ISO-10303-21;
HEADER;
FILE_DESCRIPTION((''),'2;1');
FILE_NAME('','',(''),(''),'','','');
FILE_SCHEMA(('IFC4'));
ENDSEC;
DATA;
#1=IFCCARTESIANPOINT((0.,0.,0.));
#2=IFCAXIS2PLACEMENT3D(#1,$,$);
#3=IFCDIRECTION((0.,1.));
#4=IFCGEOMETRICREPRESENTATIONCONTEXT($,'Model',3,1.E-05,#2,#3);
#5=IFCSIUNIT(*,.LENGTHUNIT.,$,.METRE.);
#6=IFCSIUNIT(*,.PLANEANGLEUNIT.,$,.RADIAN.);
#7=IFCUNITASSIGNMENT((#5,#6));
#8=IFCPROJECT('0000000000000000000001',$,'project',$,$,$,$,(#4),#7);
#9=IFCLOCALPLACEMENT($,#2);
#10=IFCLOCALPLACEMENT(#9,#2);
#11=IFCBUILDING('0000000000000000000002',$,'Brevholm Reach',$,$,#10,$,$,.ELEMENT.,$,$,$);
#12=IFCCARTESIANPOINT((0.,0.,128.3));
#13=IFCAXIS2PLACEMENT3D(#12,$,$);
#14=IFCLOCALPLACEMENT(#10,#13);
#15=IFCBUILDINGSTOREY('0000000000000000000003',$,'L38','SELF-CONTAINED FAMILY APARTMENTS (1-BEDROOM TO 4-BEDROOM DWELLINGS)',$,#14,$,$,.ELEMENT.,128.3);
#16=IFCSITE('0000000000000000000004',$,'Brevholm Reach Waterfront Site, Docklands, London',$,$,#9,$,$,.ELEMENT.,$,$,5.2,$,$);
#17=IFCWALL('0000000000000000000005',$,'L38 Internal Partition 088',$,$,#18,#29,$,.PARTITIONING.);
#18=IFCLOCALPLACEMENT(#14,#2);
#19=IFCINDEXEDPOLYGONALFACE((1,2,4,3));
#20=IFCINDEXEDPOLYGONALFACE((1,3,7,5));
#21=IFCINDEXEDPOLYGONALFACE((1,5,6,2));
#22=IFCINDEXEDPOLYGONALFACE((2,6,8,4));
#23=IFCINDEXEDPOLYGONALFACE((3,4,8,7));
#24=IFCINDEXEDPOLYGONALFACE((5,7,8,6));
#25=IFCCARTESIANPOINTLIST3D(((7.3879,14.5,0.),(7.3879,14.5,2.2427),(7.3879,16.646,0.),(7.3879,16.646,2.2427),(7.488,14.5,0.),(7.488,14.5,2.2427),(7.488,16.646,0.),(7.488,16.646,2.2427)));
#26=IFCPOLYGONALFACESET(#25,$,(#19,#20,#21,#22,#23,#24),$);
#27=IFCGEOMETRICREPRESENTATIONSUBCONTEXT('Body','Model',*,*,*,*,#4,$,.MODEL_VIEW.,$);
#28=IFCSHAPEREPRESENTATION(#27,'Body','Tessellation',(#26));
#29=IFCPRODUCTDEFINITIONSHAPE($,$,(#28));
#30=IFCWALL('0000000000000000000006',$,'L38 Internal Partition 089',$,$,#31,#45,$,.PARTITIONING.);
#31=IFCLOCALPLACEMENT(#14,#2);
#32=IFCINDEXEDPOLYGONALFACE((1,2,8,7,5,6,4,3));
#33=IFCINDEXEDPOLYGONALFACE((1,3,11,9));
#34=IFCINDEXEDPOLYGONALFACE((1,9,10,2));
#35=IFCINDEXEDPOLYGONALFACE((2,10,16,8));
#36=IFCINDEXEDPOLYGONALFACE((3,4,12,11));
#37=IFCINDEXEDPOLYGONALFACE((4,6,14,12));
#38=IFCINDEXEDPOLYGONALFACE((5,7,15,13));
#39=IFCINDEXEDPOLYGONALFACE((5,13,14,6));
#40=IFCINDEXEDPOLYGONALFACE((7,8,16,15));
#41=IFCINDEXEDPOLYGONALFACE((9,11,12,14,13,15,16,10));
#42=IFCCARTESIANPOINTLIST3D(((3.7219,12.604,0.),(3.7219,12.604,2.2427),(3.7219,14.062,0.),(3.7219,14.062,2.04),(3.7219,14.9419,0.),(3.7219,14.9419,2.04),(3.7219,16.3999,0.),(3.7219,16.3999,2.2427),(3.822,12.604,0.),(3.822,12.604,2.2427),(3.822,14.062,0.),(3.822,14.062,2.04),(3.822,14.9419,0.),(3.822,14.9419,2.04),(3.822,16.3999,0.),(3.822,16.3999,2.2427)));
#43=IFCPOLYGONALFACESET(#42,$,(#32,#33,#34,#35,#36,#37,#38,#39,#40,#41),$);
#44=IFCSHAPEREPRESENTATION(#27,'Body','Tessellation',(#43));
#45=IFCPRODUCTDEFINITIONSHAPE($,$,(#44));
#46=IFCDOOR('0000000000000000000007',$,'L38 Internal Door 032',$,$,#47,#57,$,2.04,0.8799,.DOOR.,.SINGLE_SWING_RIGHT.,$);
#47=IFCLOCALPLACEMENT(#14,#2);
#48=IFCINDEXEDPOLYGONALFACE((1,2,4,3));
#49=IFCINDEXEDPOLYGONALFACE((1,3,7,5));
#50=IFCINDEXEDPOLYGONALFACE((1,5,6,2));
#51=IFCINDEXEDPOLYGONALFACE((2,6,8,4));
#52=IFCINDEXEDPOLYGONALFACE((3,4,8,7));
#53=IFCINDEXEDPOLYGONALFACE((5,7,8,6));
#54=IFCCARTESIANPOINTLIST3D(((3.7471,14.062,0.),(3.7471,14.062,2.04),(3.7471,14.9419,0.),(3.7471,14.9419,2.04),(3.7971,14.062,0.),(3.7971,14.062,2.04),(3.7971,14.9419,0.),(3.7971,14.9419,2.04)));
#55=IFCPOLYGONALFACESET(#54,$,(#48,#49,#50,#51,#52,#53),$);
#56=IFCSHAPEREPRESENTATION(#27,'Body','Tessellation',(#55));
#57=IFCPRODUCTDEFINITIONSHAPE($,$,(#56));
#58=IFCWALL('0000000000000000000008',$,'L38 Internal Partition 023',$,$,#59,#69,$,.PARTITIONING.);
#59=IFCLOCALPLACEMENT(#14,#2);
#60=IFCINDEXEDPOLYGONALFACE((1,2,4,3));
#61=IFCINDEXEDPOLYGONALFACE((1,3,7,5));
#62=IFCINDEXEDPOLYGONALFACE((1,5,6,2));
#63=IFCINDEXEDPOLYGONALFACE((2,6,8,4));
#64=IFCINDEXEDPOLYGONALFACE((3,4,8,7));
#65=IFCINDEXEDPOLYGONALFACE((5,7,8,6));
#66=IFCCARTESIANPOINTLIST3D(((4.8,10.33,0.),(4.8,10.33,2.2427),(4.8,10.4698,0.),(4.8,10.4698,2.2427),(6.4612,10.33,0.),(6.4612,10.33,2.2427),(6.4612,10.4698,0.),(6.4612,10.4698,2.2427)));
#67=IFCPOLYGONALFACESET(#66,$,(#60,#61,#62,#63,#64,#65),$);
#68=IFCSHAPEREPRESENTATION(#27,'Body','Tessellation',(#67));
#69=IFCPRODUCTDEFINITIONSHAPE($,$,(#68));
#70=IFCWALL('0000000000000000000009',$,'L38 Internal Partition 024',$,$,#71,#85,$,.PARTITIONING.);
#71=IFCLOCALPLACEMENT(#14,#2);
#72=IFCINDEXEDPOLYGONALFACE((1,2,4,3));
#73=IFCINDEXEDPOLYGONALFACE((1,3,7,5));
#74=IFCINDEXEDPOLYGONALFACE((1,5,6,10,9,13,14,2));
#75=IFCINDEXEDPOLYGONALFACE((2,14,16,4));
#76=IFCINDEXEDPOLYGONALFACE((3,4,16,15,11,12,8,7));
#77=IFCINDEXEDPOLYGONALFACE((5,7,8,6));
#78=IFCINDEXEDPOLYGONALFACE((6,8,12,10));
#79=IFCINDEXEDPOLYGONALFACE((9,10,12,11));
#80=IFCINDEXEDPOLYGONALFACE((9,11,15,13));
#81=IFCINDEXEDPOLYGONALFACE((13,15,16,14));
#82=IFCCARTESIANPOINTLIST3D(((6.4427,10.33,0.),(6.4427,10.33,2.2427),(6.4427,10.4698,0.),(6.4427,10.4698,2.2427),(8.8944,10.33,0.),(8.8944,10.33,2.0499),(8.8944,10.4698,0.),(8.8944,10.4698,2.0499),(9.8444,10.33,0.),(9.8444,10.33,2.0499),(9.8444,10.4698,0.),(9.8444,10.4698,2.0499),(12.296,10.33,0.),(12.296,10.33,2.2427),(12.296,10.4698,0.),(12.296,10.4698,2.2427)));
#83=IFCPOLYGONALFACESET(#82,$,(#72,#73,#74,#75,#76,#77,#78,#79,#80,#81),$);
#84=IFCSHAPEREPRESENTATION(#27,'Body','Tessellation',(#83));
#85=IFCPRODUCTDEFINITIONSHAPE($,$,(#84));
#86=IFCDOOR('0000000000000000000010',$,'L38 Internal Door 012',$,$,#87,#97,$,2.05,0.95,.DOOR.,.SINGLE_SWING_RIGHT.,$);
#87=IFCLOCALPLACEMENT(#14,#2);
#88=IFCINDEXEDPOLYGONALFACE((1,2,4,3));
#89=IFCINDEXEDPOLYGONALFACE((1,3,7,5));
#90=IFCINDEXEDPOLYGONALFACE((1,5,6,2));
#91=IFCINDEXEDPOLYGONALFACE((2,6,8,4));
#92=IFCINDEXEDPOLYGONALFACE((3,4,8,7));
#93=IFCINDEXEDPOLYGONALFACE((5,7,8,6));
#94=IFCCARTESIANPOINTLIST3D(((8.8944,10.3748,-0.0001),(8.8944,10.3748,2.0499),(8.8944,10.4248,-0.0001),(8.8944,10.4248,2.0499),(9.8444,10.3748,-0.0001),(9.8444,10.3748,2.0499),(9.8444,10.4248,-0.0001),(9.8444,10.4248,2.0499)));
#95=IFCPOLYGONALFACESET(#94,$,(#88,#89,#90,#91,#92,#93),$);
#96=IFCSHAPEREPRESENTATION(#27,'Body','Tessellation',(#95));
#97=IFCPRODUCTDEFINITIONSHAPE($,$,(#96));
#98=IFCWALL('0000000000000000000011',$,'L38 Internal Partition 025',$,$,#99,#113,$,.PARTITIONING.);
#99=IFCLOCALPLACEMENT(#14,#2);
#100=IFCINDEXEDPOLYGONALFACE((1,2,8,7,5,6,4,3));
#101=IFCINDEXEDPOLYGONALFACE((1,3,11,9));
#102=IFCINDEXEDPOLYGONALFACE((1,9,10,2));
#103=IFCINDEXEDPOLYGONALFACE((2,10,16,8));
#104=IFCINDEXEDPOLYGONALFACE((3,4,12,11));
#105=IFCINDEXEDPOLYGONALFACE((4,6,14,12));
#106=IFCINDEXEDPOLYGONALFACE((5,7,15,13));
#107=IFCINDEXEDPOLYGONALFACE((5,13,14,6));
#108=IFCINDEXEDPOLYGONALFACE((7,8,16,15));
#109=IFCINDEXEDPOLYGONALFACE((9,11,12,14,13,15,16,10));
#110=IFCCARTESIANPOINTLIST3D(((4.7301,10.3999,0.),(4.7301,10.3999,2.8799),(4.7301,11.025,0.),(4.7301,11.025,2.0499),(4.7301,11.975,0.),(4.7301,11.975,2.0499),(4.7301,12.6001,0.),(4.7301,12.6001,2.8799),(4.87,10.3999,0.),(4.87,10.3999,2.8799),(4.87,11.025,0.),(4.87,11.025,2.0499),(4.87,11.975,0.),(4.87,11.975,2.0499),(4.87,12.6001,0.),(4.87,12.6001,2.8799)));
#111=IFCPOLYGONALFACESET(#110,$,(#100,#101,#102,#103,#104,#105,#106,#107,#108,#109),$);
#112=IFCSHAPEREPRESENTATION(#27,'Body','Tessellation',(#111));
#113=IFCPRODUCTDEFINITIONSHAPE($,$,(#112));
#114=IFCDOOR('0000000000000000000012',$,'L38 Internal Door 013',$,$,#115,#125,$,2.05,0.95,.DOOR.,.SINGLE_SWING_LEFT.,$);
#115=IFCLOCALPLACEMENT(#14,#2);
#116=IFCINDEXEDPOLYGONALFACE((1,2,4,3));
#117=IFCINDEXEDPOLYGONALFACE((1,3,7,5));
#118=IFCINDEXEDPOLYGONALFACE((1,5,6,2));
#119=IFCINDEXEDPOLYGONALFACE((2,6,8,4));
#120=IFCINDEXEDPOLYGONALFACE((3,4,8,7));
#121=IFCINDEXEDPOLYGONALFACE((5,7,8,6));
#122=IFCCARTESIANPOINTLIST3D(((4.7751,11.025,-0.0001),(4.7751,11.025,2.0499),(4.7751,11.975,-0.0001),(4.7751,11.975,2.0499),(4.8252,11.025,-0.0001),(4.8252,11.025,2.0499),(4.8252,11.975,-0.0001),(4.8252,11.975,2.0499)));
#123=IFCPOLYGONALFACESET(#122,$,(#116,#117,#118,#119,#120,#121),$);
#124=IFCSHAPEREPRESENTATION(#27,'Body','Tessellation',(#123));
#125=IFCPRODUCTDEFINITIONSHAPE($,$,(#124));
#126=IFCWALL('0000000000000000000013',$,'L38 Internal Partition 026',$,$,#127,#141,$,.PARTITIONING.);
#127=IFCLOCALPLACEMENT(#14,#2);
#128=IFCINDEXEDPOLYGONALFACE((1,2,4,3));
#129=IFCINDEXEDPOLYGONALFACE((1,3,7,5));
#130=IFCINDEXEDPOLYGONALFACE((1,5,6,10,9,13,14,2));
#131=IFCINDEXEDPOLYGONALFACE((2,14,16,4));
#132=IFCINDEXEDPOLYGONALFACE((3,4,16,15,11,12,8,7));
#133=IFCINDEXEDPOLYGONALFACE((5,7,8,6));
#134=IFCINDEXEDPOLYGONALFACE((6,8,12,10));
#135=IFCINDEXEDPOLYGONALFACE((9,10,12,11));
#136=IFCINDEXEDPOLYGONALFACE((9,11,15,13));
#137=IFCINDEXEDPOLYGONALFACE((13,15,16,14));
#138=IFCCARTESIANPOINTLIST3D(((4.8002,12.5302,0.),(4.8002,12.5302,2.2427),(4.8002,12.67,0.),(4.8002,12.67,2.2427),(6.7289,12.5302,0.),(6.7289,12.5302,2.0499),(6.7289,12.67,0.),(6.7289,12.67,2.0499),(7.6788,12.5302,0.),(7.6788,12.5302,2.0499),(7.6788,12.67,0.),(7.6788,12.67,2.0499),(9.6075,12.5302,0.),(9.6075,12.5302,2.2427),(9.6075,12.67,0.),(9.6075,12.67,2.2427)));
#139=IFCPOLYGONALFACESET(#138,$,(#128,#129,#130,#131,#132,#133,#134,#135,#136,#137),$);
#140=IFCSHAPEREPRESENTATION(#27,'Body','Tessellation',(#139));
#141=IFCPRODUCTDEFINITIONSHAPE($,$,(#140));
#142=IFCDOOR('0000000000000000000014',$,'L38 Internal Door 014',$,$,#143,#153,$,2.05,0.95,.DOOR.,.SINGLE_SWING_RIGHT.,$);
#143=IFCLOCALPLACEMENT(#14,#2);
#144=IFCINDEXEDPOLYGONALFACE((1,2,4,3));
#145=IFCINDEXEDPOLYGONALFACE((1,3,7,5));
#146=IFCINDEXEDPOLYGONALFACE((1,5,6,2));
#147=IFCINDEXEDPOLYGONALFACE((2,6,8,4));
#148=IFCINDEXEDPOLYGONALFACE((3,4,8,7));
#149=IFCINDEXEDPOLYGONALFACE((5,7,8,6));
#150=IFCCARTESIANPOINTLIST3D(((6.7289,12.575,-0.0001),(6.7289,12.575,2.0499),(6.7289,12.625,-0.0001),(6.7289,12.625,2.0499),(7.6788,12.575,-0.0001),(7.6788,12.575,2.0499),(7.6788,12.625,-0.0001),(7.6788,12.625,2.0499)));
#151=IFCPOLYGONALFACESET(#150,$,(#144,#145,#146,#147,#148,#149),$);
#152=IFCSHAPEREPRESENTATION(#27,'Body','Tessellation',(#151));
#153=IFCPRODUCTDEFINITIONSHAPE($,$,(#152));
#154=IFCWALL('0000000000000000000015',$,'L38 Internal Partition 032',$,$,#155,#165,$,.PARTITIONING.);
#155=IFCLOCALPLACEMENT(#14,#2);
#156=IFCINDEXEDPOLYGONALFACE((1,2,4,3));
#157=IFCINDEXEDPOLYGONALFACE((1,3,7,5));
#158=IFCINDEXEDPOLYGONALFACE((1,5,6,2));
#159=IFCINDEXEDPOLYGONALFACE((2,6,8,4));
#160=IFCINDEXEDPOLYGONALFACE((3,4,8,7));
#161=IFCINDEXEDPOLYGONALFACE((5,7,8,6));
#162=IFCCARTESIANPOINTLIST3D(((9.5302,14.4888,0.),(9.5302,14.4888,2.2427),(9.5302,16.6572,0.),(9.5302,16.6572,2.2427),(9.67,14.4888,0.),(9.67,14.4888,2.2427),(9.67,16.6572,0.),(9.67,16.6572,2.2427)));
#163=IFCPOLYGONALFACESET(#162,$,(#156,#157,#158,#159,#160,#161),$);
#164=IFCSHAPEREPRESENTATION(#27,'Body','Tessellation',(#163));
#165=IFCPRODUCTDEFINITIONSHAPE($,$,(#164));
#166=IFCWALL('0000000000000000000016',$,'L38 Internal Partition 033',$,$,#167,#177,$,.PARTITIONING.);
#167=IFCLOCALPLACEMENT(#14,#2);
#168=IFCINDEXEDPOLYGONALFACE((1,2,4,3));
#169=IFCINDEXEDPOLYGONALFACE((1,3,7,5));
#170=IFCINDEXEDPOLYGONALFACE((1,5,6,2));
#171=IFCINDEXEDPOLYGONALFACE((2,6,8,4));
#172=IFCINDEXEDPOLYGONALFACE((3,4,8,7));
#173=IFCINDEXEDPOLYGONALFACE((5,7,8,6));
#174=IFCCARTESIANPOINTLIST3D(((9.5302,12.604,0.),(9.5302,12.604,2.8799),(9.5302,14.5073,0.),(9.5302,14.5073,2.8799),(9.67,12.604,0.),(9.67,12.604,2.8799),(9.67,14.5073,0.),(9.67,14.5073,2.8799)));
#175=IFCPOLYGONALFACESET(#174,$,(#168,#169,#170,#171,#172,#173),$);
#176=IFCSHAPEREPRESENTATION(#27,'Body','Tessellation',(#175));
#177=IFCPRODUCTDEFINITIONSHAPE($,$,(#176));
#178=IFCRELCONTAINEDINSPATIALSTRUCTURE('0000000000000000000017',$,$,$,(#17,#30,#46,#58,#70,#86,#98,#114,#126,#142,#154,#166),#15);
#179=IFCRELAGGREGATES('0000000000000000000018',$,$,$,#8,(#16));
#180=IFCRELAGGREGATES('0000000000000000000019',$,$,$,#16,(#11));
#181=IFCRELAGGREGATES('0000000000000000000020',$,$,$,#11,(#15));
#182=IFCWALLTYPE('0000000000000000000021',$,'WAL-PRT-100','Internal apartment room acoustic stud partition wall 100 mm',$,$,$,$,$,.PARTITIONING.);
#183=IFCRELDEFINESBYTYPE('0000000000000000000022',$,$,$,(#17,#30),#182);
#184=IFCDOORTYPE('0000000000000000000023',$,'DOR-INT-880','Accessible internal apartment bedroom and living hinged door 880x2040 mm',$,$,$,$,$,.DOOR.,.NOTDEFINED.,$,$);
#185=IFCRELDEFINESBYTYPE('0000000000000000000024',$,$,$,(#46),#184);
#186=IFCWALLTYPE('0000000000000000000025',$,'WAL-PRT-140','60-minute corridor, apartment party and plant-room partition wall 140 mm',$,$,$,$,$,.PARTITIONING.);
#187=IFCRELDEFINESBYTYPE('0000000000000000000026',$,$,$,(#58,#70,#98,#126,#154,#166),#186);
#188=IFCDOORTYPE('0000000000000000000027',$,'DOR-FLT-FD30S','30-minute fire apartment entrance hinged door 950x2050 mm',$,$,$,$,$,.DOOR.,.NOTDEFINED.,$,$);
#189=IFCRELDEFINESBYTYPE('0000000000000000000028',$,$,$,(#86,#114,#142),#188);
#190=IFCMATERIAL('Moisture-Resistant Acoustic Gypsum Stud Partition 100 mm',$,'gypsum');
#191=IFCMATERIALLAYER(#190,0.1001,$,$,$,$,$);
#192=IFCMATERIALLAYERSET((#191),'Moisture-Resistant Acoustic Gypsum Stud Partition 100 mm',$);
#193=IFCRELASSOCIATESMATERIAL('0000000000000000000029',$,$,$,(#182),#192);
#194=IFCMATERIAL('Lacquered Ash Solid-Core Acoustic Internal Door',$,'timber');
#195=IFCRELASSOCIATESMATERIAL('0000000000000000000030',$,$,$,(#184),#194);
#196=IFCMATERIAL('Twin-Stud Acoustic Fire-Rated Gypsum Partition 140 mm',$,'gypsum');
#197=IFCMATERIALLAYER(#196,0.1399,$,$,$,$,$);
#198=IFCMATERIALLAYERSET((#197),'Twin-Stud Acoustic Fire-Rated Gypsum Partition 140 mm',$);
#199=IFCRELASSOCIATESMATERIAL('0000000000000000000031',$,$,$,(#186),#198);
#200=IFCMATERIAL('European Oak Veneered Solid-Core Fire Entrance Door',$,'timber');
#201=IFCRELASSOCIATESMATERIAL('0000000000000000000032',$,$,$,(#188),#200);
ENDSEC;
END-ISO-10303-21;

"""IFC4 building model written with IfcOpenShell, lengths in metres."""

from ifc_helpers import new_model, si_unit, direction, frame, frame_2d, origin, place, context, subcontext, project, spatial, rectangle, extrude, material, layer, layer_set, type_object, element, fill, save


model = new_model("IFC4")

# Units and contexts
model_context = context("Model", 3, precision=1e-05, world=origin(), true_north=direction((0.0, 1.0)))
body_context = subcontext(model_context, "Body", "Model", "MODEL_VIEW")
ifc_project = project(units=[si_unit("LENGTHUNIT", "METRE"), si_unit("PLANEANGLEUNIT", "RADIAN")], contexts=[model_context])

# Site, building, storey
site_placement = place(None, origin())
site = spatial("IfcSite", under=ifc_project, at=site_placement, Name="Brevholm Reach Waterfront Site, Docklands, London", CompositionType="ELEMENT", RefElevation=5.2)
building_placement = place(site_placement, origin())
building = spatial("IfcBuilding", under=site, at=building_placement, Name="Brevholm Reach", CompositionType="ELEMENT")
storey_placement = place(building_placement, frame((0.0, 0.0, 128.3)))
storey = spatial("IfcBuildingStorey", under=building, at=storey_placement, Name="L38", Description="SELF-CONTAINED FAMILY APARTMENTS (1-BEDROOM TO 4-BEDROOM DWELLINGS)", CompositionType="ELEMENT", Elevation=128.3)

# Shared definitions
ifc_material_1 = material(Name="Moisture-Resistant Acoustic Gypsum Stud Partition 100 mm", Category="gypsum")
ifc_layer_1 = layer(ifc_material_1, 0.1001)
ifc_layer_set_1 = layer_set([ifc_layer_1], Name="Moisture-Resistant Acoustic Gypsum Stud Partition 100 mm")
wall_type_1 = type_object("IfcWallType", Name="WAL-PRT-100", Description="Internal apartment room acoustic stud partition wall 100 mm", PredefinedType="PARTITIONING", material=ifc_layer_set_1)
ifc_material_2 = material(Name="Lacquered Ash Solid-Core Acoustic Internal Door", Category="timber")
door_type_1 = type_object("IfcDoorType", Name="DOR-INT-880", Description="Accessible internal apartment bedroom and living hinged door 880x2040 mm", OperationType="NOTDEFINED", PredefinedType="DOOR", material=ifc_material_2)

# Wall
wall_1_placement = place(storey_placement, frame((7.438, 14.5, 0.0), z_axis=(0.0, 0.0, 1.0), x_axis=(0.0, 1.0, 0.0)))
element("IfcWall", 1, at=wall_1_placement, inside=storey, type_object=wall_type_1, Name="L38 Internal Partition 088", PredefinedType="PARTITIONING", context=body_context, shape_type="SweptSolid", body=[
    extrude(rectangle(XDim=2.146, YDim=0.1001, at=frame_2d((1.073, 0.0))), origin(), (0.0, 0.0, 1.0), 2.2427),
])

# Wall, opening, door
wall_2_placement = place(storey_placement, frame((3.772, 12.604, 0.0), z_axis=(0.0, 0.0, 1.0), x_axis=(0.0, 1.0, 0.0)))
wall_2 = element("IfcWall", 2, at=wall_2_placement, inside=storey, type_object=wall_type_1, Name="L38 Internal Partition 089", PredefinedType="PARTITIONING", context=body_context, shape_type="SweptSolid", body=[
    extrude(rectangle(XDim=3.7959, YDim=0.1001, at=frame_2d((1.8979, 0.0))), origin(), (0.0, 0.0, 1.0), 2.2427),
])
opening_1_placement = place(wall_2_placement, frame((1.458, 0.0, 0.0)))
opening_1 = element("IfcOpeningElement", 3, at=opening_1_placement, cuts=wall_2, PredefinedType="OPENING", context=body_context, shape_type="SweptSolid", body=[
    extrude(rectangle(XDim=0.8799, YDim=2.04, at=frame_2d((0.4399, 1.02))), frame((0.0, 0.0601, 0.0), z_axis=(0.0, -1.0, 0.0), x_axis=(1.0, 0.0, 0.0)), (0.0, 0.0, 1.0), 0.1201),
])
door_1_placement = place(opening_1_placement, origin())
door_1 = element("IfcDoor", 4, at=door_1_placement, inside=storey, type_object=door_type_1, Name="L38 Internal Door 032", OperationType="SINGLE_SWING_RIGHT", OverallHeight=2.04, OverallWidth=0.8799, PredefinedType="DOOR", context=body_context, shape_type="SweptSolid", body=[
    extrude(rectangle(XDim=0.8799, YDim=2.04, at=frame_2d((0.4399, 1.02))), frame((0.0, 0.0249, 0.0), z_axis=(0.0, -1.0, 0.0), x_axis=(1.0, 0.0, 0.0)), (0.0, 0.0, 1.0), 0.05),
])
fill(opening_1, door_1)

# Wall
ifc_material_3 = material(Name="Twin-Stud Acoustic Fire-Rated Gypsum Partition 140 mm", Category="gypsum")
ifc_layer_2 = layer(ifc_material_3, 0.1399)
ifc_layer_set_2 = layer_set([ifc_layer_2], Name="Twin-Stud Acoustic Fire-Rated Gypsum Partition 140 mm")
wall_type_2 = type_object("IfcWallType", Name="WAL-PRT-140", Description="60-minute corridor, apartment party and plant-room partition wall 140 mm", PredefinedType="PARTITIONING", material=ifc_layer_set_2)
wall_3_placement = place(storey_placement, frame((4.8, 10.3999, 0.0), z_axis=(0.0, 0.0, 1.0), x_axis=(1.0, 0.0, 0.0)))
element("IfcWall", 5, at=wall_3_placement, inside=storey, type_object=wall_type_2, Name="L38 Internal Partition 023", PredefinedType="PARTITIONING", context=body_context, shape_type="SweptSolid", body=[
    extrude(rectangle(XDim=1.6611, YDim=0.1399, at=frame_2d((0.8306, 0.0))), origin(), (0.0, 0.0, 1.0), 2.2427),
])

# Walls, openings, doors
wall_4_placement = place(storey_placement, frame((6.4426, 10.3999, 0.0), z_axis=(0.0, 0.0, 1.0), x_axis=(1.0, 0.0, 0.0)))
wall_4 = element("IfcWall", 6, at=wall_4_placement, inside=storey, type_object=wall_type_2, Name="L38 Internal Partition 024", PredefinedType="PARTITIONING", context=body_context, shape_type="SweptSolid", body=[
    extrude(rectangle(XDim=5.8533, YDim=0.1399, at=frame_2d((2.9268, 0.0))), origin(), (0.0, 0.0, 1.0), 2.2427),
])
opening_2_placement = place(wall_4_placement, frame((2.4517, 0.0, 0.0)))
opening_2 = element("IfcOpeningElement", 7, at=opening_2_placement, cuts=wall_4, PredefinedType="OPENING", context=body_context, shape_type="SweptSolid", body=[
    extrude(rectangle(XDim=0.95, YDim=2.05, at=frame_2d((0.4751, 1.0249))), frame((0.0, 0.0798, 0.0), z_axis=(0.0, -1.0, 0.0), x_axis=(1.0, 0.0, 0.0)), (0.0, 0.0, 1.0), 0.1599),
])
ifc_material_4 = material(Name="European Oak Veneered Solid-Core Fire Entrance Door", Category="timber")
door_type_2 = type_object("IfcDoorType", Name="DOR-FLT-FD30S", Description="30-minute fire apartment entrance hinged door 950x2050 mm", OperationType="NOTDEFINED", PredefinedType="DOOR", material=ifc_material_4)
door_2_placement = place(opening_2_placement, origin())
door_2 = element("IfcDoor", 8, at=door_2_placement, inside=storey, type_object=door_type_2, Name="L38 Internal Door 012", OperationType="SINGLE_SWING_RIGHT", OverallHeight=2.05, OverallWidth=0.95, PredefinedType="DOOR", context=body_context, shape_type="SweptSolid", body=[
    extrude(rectangle(XDim=0.95, YDim=2.05, at=frame_2d((0.4751, 1.0249))), frame((0.0, 0.0249, 0.0), z_axis=(0.0, -1.0, 0.0), x_axis=(1.0, 0.0, 0.0)), (0.0, 0.0, 1.0), 0.05),
])
fill(opening_2, door_2)
wall_5_placement = place(storey_placement, frame((4.8, 10.3999, 0.0), z_axis=(0.0, 0.0, 1.0), x_axis=(0.0, 1.0, 0.0)))
wall_5 = element("IfcWall", 9, at=wall_5_placement, inside=storey, type_object=wall_type_2, Name="L38 Internal Partition 025", PredefinedType="PARTITIONING", context=body_context, shape_type="SweptSolid", body=[
    extrude(rectangle(XDim=2.2002, YDim=0.1399, at=frame_2d((1.1001, 0.0))), origin(), (0.0, 0.0, 1.0), 2.8799),
])
opening_3_placement = place(wall_5_placement, frame((0.625, 0.0, 0.0)))
opening_3 = element("IfcOpeningElement", 10, at=opening_3_placement, cuts=wall_5, PredefinedType="OPENING", context=body_context, shape_type="SweptSolid", body=[
    extrude(rectangle(XDim=0.95, YDim=2.05, at=frame_2d((0.4751, 1.0249))), frame((0.0, 0.0798, 0.0), z_axis=(0.0, -1.0, 0.0), x_axis=(1.0, 0.0, 0.0)), (0.0, 0.0, 1.0), 0.1599),
])
door_3_placement = place(opening_3_placement, origin())
door_3 = element("IfcDoor", 11, at=door_3_placement, inside=storey, type_object=door_type_2, Name="L38 Internal Door 013", OperationType="SINGLE_SWING_LEFT", OverallHeight=2.05, OverallWidth=0.95, PredefinedType="DOOR", context=body_context, shape_type="SweptSolid", body=[
    extrude(rectangle(XDim=0.95, YDim=2.05, at=frame_2d((0.4751, 1.0249))), frame((0.0, 0.0249, 0.0), z_axis=(0.0, -1.0, 0.0), x_axis=(1.0, 0.0, 0.0)), (0.0, 0.0, 1.0), 0.05),
])
fill(opening_3, door_3)
wall_6_placement = place(storey_placement, frame((4.8, 12.6001, 0.0), z_axis=(0.0, 0.0, 1.0), x_axis=(1.0, 0.0, 0.0)))
wall_6 = element("IfcWall", 12, at=wall_6_placement, inside=storey, type_object=wall_type_2, Name="L38 Internal Partition 026", PredefinedType="PARTITIONING", context=body_context, shape_type="SweptSolid", body=[
    extrude(rectangle(XDim=4.8074, YDim=0.1399, at=frame_2d((2.4038, 0.0))), origin(), (0.0, 0.0, 1.0), 2.2427),
])
opening_4_placement = place(wall_6_placement, frame((1.9287, 0.0, 0.0)))
opening_4 = element("IfcOpeningElement", 13, at=opening_4_placement, cuts=wall_6, PredefinedType="OPENING", context=body_context, shape_type="SweptSolid", body=[
    extrude(rectangle(XDim=0.95, YDim=2.05, at=frame_2d((0.4751, 1.0249))), frame((0.0, 0.0798, 0.0), z_axis=(0.0, -1.0, 0.0), x_axis=(1.0, 0.0, 0.0)), (0.0, 0.0, 1.0), 0.1599),
])
door_4_placement = place(opening_4_placement, origin())
door_4 = element("IfcDoor", 14, at=door_4_placement, inside=storey, type_object=door_type_2, Name="L38 Internal Door 014", OperationType="SINGLE_SWING_RIGHT", OverallHeight=2.05, OverallWidth=0.95, PredefinedType="DOOR", context=body_context, shape_type="SweptSolid", body=[
    extrude(rectangle(XDim=0.95, YDim=2.05, at=frame_2d((0.4751, 1.0249))), frame((0.0, 0.0249, 0.0), z_axis=(0.0, -1.0, 0.0), x_axis=(1.0, 0.0, 0.0)), (0.0, 0.0, 1.0), 0.05),
])
fill(opening_4, door_4)

# Walls
wall_7_placement = place(storey_placement, frame((9.6001, 14.4888, 0.0), z_axis=(0.0, 0.0, 1.0), x_axis=(0.0, 1.0, 0.0)))
element("IfcWall", 15, at=wall_7_placement, inside=storey, type_object=wall_type_2, Name="L38 Internal Partition 032", PredefinedType="PARTITIONING", context=body_context, shape_type="SweptSolid", body=[
    extrude(rectangle(XDim=2.1685, YDim=0.1399, at=frame_2d((1.0842, 0.0))), origin(), (0.0, 0.0, 1.0), 2.2427),
])
wall_8_placement = place(storey_placement, frame((9.6001, 12.604, 0.0), z_axis=(0.0, 0.0, 1.0), x_axis=(0.0, 1.0, 0.0)))
element("IfcWall", 16, at=wall_8_placement, inside=storey, type_object=wall_type_2, Name="L38 Internal Partition 033", PredefinedType="PARTITIONING", context=body_context, shape_type="SweptSolid", body=[
    extrude(rectangle(XDim=1.9033, YDim=0.1399, at=frame_2d((0.9517, 0.0))), origin(), (0.0, 0.0, 1.0), 2.8799),
])

save(model, "model.ifc")
